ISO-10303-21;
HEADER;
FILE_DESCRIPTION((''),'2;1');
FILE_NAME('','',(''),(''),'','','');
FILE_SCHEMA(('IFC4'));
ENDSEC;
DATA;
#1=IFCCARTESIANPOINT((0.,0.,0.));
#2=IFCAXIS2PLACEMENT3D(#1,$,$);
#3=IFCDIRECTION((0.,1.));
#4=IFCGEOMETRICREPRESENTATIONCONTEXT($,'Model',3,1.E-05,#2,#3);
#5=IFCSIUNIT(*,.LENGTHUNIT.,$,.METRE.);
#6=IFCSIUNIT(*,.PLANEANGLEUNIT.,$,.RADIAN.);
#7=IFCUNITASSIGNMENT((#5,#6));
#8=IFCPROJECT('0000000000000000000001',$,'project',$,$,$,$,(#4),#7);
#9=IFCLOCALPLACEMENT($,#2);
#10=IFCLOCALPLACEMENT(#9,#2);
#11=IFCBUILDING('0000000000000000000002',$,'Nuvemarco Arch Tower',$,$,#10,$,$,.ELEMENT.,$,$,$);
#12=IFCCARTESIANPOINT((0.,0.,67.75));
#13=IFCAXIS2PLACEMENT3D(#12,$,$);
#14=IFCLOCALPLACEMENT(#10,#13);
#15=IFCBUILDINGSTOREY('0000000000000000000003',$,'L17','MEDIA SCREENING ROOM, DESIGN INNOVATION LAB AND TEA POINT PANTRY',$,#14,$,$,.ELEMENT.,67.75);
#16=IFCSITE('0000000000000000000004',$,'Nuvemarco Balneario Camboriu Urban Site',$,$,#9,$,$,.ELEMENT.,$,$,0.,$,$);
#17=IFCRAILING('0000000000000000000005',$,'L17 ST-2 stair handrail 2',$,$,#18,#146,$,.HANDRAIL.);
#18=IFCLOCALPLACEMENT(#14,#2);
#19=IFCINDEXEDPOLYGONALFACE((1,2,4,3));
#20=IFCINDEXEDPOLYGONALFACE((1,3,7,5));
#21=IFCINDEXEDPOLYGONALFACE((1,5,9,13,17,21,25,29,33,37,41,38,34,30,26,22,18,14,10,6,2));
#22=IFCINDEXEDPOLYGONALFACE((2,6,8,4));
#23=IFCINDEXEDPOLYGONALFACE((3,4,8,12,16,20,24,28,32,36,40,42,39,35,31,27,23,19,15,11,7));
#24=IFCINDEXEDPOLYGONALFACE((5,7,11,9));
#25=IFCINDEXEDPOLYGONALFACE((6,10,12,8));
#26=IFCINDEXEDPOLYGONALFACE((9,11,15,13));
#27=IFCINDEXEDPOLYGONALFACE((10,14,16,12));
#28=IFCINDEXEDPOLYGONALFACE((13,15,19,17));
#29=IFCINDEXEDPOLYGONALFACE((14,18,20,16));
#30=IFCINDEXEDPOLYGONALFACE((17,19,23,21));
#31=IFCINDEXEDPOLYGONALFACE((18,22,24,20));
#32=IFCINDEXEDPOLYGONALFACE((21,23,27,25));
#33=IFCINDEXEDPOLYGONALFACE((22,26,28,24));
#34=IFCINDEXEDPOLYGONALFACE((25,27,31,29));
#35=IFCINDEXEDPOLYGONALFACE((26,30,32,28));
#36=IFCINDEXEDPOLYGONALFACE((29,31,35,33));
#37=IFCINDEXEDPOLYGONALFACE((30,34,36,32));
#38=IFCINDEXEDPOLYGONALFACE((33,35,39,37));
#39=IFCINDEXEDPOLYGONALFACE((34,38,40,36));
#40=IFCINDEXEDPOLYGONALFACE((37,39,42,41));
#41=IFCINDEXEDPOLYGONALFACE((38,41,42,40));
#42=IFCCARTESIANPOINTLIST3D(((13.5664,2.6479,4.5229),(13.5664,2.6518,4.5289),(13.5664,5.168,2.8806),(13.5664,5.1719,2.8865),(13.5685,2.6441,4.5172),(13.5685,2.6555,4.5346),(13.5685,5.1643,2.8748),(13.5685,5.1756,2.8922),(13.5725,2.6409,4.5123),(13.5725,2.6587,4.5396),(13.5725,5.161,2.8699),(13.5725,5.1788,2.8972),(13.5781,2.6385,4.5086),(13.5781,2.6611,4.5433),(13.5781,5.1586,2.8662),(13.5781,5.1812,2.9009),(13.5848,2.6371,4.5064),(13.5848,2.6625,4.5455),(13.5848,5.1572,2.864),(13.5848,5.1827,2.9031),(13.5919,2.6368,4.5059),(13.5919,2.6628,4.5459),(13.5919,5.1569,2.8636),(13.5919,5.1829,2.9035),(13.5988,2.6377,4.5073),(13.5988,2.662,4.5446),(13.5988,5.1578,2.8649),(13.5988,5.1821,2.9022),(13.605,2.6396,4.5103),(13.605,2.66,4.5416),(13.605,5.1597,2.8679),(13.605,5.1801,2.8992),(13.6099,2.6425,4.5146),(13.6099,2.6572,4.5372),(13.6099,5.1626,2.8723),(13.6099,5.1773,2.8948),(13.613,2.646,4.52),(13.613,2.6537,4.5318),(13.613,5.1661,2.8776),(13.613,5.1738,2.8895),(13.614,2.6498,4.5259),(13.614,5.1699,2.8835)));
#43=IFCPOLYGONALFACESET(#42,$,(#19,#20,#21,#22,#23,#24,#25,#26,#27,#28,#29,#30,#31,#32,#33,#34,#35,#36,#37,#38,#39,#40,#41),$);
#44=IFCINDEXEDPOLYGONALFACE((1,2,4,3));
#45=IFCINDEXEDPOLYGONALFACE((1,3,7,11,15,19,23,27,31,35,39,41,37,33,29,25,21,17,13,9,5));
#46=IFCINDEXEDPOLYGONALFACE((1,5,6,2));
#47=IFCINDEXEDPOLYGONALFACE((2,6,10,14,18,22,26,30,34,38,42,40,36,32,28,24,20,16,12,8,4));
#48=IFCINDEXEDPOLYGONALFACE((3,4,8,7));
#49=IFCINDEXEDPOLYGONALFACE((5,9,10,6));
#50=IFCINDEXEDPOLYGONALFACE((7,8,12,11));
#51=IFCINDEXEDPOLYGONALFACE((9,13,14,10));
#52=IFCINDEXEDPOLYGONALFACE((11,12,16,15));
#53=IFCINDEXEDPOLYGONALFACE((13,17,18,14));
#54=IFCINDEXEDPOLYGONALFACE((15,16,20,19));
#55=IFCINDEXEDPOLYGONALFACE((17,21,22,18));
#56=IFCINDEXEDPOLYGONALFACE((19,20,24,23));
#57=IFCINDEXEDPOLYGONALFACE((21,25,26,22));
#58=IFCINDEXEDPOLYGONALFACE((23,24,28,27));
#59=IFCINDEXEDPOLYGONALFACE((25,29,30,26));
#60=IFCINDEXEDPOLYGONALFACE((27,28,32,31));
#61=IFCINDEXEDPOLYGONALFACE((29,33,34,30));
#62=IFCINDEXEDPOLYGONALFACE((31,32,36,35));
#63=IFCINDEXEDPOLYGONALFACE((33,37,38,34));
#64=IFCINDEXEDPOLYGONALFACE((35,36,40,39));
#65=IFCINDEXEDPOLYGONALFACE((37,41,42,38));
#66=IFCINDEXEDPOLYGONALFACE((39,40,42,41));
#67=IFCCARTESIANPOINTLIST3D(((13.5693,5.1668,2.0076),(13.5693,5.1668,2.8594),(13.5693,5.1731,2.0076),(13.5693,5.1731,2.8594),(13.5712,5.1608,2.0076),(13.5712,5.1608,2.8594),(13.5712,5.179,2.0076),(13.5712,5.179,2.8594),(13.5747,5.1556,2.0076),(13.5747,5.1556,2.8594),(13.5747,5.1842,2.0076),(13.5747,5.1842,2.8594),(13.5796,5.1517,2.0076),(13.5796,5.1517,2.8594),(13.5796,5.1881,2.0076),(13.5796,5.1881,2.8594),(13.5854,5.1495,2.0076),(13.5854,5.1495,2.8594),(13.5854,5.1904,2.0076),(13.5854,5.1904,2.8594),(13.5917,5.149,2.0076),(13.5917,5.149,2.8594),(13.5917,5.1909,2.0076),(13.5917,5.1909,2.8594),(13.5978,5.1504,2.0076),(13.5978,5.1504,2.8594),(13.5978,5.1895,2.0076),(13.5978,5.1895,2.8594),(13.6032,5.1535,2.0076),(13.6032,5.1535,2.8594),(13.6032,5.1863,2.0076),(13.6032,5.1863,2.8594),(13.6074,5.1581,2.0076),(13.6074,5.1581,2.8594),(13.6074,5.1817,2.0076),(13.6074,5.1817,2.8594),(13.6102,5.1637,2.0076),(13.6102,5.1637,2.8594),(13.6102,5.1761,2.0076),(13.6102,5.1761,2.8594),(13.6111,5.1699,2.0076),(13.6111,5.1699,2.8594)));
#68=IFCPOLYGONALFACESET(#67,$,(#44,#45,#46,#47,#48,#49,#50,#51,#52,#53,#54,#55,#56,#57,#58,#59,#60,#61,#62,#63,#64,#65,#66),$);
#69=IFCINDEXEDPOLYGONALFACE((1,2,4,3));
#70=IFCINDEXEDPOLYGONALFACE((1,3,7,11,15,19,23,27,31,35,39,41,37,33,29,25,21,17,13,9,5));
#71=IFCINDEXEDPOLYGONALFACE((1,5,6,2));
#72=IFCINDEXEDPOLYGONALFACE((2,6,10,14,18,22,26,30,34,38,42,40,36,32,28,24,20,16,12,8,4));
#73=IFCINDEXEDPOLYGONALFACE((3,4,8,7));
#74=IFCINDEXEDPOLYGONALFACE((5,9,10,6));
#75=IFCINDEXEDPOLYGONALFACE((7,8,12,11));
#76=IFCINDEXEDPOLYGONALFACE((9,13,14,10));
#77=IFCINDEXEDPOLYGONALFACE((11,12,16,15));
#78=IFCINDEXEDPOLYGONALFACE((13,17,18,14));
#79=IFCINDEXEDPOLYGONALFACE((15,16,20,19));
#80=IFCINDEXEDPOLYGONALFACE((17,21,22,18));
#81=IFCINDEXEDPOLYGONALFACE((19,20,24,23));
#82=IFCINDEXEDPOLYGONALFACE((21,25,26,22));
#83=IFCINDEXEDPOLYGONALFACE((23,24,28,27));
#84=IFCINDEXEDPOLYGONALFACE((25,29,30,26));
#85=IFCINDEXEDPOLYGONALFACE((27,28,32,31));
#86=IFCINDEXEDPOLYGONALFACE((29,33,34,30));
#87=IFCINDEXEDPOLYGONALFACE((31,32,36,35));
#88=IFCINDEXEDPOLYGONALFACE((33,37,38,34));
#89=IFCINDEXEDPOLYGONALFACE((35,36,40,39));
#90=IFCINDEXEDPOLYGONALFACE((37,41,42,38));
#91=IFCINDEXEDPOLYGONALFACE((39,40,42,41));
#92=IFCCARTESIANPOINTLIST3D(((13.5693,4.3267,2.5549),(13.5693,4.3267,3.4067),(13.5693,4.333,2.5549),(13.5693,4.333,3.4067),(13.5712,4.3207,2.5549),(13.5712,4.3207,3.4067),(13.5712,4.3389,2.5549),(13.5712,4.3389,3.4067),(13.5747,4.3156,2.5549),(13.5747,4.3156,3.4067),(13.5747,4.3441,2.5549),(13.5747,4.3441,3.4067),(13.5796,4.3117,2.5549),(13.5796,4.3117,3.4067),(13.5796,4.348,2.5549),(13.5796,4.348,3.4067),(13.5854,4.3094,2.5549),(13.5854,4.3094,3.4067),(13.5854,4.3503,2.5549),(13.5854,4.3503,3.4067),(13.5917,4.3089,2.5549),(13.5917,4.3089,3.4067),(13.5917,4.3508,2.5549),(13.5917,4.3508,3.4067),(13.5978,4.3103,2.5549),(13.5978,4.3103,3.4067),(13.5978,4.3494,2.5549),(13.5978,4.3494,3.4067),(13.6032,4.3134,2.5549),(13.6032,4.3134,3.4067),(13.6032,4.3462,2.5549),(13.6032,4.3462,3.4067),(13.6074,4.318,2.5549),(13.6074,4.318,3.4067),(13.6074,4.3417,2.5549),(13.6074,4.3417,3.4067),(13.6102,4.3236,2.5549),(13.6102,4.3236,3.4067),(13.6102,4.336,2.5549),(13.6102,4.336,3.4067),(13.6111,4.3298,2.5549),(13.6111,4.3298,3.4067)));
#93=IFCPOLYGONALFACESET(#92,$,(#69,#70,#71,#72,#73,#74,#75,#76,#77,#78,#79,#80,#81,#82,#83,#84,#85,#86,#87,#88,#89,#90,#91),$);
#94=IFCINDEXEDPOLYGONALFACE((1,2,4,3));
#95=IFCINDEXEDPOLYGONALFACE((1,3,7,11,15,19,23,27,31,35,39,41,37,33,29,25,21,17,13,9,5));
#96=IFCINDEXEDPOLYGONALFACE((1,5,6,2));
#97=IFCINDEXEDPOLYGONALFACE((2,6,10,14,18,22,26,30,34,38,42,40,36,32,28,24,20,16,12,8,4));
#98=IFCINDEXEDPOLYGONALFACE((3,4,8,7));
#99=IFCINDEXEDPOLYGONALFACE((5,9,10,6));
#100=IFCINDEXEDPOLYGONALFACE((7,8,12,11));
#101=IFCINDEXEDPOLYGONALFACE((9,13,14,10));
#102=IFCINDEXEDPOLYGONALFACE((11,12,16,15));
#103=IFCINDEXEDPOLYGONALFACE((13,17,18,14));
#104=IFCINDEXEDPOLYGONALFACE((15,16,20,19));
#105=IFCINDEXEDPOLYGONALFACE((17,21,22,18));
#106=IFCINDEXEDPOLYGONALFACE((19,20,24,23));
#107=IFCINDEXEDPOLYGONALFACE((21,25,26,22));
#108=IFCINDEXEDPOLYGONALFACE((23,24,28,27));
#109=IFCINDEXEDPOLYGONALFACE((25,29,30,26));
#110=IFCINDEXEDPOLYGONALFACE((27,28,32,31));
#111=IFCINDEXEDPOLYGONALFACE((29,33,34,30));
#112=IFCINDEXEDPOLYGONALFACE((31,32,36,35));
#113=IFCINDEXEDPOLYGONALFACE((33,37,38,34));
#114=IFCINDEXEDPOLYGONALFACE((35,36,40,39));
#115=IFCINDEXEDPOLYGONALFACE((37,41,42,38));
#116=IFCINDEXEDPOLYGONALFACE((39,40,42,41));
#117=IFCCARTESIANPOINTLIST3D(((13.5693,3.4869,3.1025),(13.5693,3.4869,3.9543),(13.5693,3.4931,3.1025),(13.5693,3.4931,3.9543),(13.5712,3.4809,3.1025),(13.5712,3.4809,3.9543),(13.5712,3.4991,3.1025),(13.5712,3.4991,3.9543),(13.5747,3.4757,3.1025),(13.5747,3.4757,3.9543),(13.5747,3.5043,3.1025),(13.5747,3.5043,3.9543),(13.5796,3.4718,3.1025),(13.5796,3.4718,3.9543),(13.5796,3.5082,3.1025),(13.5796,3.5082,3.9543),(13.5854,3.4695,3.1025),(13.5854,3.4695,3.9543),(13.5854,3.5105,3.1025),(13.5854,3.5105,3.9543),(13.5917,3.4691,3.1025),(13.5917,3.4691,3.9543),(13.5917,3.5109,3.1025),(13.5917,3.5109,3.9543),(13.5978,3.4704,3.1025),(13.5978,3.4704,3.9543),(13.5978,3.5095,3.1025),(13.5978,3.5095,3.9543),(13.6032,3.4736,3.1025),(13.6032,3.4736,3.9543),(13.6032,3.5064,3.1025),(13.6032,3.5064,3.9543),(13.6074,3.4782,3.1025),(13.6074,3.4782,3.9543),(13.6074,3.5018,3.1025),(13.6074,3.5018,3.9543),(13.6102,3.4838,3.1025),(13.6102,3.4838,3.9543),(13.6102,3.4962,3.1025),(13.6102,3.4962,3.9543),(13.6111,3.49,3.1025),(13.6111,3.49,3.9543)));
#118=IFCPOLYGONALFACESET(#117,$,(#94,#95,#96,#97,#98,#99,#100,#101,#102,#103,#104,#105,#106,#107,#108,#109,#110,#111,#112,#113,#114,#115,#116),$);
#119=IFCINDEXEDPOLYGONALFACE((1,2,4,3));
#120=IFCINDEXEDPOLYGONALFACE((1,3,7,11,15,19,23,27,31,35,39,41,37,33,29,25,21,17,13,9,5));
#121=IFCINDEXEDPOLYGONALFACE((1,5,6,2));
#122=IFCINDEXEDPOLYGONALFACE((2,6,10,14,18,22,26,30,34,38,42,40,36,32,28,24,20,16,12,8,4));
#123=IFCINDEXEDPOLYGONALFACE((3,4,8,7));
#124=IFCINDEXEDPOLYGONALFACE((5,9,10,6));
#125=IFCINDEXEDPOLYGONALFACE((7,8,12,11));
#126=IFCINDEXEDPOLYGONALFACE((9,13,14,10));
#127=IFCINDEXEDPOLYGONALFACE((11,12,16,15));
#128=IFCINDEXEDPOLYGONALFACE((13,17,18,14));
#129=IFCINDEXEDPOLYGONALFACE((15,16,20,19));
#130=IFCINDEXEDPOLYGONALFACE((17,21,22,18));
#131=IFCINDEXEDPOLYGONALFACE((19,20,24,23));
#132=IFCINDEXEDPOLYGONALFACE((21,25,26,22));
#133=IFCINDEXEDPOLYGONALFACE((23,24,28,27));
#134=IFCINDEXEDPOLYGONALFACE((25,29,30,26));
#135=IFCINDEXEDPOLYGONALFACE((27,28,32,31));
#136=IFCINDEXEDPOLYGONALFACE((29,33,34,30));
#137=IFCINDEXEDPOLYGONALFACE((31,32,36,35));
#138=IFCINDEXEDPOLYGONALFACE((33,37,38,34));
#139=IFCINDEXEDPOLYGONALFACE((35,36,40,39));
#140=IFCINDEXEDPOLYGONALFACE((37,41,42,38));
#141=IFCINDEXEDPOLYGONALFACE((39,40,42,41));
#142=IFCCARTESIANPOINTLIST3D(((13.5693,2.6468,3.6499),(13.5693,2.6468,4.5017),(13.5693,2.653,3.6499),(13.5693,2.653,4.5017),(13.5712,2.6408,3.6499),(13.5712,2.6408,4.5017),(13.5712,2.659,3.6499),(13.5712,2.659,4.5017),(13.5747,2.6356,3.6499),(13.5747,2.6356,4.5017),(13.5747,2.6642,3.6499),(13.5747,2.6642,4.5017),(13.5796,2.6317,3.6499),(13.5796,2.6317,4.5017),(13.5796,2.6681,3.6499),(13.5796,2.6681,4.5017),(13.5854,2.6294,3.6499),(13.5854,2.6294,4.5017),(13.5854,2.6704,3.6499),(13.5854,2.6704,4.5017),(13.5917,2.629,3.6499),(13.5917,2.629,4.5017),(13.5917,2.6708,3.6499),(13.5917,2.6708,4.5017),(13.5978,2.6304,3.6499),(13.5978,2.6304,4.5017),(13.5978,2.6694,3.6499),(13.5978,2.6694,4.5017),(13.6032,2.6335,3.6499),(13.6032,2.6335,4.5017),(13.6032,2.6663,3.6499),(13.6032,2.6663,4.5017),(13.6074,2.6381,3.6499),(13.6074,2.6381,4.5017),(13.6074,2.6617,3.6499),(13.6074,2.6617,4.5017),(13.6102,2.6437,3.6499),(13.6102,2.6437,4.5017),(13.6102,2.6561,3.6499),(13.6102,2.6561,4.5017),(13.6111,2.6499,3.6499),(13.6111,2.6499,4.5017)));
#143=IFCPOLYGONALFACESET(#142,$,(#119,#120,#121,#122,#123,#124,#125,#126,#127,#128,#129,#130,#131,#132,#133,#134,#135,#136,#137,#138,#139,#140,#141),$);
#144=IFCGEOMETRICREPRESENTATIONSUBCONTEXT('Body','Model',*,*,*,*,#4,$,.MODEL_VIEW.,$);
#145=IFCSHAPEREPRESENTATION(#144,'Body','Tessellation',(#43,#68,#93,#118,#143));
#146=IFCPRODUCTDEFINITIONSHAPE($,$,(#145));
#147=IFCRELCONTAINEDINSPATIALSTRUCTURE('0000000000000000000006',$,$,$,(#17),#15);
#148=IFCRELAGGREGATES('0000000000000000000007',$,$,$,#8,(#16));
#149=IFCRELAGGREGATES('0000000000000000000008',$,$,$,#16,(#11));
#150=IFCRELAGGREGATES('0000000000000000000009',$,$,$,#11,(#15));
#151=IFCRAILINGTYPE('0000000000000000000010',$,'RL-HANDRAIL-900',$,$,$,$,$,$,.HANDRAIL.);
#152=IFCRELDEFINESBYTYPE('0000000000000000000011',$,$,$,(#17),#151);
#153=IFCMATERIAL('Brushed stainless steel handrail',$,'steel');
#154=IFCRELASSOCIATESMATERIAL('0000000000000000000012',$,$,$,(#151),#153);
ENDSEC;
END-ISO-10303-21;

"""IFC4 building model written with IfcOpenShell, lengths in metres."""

from ifc_helpers import new_model, si_unit, direction, frame, origin, origin_2d, place, context, subcontext, project, spatial, circle, extrude, material, type_object, element, save


model = new_model("IFC4")

# Units and contexts
model_context = context("Model", 3, precision=1e-05, world=origin(), true_north=direction((0.0, 1.0)))
body_context = subcontext(model_context, "Body", "Model", "MODEL_VIEW")
ifc_project = project(units=[si_unit("LENGTHUNIT", "METRE"), si_unit("PLANEANGLEUNIT", "RADIAN")], contexts=[model_context])

# Site, building, storey
site_placement = place(None, origin())
site = spatial("IfcSite", under=ifc_project, at=site_placement, Name="Nuvemarco Balneario Camboriu Urban Site", CompositionType="ELEMENT", RefElevation=0.0)
building_placement = place(site_placement, origin())
building = spatial("IfcBuilding", under=site, at=building_placement, Name="Nuvemarco Arch Tower", CompositionType="ELEMENT")
storey_placement = place(building_placement, frame((0.0, 0.0, 67.75)))
storey = spatial("IfcBuildingStorey", under=building, at=storey_placement, Name="L17", Description="MEDIA SCREENING ROOM, DESIGN INNOVATION LAB AND TEA POINT PANTRY", CompositionType="ELEMENT", Elevation=67.75)

# Railing
ifc_material_1 = material(Name="Brushed stainless steel handrail", Category="steel")
railing_type_1 = type_object("IfcRailingType", Name="RL-HANDRAIL-900", PredefinedType="HANDRAIL", material=ifc_material_1)
railing_1_placement = place(storey_placement, frame((13.5901, 5.1699, 2.0076)))
element("IfcRailing", 1, at=railing_1_placement, inside=storey, type_object=railing_type_1, Name="L17 ST-2 stair handrail 2", PredefinedType="HANDRAIL", context=body_context, shape_type="SweptSolid", body=[
    extrude(circle(Radius=0.0239, at=origin_2d()), frame((0.0, 0.0, 0.876), z_axis=(0.0, -0.837787, 0.545998), x_axis=(1.0, 0.0, 0.0)), (0.0, 0.0, 1.0), 3.0081),
    extrude(circle(Radius=0.021, at=origin_2d()), origin(), (0.0, 0.0, 1.0), 0.8518),
    extrude(circle(Radius=0.021, at=origin_2d()), frame((0.0, -0.8401, 0.5474)), (0.0, 0.0, 1.0), 0.8518),
    extrude(circle(Radius=0.021, at=origin_2d()), frame((0.0, -1.6799, 1.095)), (0.0, 0.0, 1.0), 0.8518),
    extrude(circle(Radius=0.021, at=origin_2d()), frame((0.0, -2.52, 1.6423)), (0.0, 0.0, 1.0), 0.8518),
])

save(model, "model.ifc")
